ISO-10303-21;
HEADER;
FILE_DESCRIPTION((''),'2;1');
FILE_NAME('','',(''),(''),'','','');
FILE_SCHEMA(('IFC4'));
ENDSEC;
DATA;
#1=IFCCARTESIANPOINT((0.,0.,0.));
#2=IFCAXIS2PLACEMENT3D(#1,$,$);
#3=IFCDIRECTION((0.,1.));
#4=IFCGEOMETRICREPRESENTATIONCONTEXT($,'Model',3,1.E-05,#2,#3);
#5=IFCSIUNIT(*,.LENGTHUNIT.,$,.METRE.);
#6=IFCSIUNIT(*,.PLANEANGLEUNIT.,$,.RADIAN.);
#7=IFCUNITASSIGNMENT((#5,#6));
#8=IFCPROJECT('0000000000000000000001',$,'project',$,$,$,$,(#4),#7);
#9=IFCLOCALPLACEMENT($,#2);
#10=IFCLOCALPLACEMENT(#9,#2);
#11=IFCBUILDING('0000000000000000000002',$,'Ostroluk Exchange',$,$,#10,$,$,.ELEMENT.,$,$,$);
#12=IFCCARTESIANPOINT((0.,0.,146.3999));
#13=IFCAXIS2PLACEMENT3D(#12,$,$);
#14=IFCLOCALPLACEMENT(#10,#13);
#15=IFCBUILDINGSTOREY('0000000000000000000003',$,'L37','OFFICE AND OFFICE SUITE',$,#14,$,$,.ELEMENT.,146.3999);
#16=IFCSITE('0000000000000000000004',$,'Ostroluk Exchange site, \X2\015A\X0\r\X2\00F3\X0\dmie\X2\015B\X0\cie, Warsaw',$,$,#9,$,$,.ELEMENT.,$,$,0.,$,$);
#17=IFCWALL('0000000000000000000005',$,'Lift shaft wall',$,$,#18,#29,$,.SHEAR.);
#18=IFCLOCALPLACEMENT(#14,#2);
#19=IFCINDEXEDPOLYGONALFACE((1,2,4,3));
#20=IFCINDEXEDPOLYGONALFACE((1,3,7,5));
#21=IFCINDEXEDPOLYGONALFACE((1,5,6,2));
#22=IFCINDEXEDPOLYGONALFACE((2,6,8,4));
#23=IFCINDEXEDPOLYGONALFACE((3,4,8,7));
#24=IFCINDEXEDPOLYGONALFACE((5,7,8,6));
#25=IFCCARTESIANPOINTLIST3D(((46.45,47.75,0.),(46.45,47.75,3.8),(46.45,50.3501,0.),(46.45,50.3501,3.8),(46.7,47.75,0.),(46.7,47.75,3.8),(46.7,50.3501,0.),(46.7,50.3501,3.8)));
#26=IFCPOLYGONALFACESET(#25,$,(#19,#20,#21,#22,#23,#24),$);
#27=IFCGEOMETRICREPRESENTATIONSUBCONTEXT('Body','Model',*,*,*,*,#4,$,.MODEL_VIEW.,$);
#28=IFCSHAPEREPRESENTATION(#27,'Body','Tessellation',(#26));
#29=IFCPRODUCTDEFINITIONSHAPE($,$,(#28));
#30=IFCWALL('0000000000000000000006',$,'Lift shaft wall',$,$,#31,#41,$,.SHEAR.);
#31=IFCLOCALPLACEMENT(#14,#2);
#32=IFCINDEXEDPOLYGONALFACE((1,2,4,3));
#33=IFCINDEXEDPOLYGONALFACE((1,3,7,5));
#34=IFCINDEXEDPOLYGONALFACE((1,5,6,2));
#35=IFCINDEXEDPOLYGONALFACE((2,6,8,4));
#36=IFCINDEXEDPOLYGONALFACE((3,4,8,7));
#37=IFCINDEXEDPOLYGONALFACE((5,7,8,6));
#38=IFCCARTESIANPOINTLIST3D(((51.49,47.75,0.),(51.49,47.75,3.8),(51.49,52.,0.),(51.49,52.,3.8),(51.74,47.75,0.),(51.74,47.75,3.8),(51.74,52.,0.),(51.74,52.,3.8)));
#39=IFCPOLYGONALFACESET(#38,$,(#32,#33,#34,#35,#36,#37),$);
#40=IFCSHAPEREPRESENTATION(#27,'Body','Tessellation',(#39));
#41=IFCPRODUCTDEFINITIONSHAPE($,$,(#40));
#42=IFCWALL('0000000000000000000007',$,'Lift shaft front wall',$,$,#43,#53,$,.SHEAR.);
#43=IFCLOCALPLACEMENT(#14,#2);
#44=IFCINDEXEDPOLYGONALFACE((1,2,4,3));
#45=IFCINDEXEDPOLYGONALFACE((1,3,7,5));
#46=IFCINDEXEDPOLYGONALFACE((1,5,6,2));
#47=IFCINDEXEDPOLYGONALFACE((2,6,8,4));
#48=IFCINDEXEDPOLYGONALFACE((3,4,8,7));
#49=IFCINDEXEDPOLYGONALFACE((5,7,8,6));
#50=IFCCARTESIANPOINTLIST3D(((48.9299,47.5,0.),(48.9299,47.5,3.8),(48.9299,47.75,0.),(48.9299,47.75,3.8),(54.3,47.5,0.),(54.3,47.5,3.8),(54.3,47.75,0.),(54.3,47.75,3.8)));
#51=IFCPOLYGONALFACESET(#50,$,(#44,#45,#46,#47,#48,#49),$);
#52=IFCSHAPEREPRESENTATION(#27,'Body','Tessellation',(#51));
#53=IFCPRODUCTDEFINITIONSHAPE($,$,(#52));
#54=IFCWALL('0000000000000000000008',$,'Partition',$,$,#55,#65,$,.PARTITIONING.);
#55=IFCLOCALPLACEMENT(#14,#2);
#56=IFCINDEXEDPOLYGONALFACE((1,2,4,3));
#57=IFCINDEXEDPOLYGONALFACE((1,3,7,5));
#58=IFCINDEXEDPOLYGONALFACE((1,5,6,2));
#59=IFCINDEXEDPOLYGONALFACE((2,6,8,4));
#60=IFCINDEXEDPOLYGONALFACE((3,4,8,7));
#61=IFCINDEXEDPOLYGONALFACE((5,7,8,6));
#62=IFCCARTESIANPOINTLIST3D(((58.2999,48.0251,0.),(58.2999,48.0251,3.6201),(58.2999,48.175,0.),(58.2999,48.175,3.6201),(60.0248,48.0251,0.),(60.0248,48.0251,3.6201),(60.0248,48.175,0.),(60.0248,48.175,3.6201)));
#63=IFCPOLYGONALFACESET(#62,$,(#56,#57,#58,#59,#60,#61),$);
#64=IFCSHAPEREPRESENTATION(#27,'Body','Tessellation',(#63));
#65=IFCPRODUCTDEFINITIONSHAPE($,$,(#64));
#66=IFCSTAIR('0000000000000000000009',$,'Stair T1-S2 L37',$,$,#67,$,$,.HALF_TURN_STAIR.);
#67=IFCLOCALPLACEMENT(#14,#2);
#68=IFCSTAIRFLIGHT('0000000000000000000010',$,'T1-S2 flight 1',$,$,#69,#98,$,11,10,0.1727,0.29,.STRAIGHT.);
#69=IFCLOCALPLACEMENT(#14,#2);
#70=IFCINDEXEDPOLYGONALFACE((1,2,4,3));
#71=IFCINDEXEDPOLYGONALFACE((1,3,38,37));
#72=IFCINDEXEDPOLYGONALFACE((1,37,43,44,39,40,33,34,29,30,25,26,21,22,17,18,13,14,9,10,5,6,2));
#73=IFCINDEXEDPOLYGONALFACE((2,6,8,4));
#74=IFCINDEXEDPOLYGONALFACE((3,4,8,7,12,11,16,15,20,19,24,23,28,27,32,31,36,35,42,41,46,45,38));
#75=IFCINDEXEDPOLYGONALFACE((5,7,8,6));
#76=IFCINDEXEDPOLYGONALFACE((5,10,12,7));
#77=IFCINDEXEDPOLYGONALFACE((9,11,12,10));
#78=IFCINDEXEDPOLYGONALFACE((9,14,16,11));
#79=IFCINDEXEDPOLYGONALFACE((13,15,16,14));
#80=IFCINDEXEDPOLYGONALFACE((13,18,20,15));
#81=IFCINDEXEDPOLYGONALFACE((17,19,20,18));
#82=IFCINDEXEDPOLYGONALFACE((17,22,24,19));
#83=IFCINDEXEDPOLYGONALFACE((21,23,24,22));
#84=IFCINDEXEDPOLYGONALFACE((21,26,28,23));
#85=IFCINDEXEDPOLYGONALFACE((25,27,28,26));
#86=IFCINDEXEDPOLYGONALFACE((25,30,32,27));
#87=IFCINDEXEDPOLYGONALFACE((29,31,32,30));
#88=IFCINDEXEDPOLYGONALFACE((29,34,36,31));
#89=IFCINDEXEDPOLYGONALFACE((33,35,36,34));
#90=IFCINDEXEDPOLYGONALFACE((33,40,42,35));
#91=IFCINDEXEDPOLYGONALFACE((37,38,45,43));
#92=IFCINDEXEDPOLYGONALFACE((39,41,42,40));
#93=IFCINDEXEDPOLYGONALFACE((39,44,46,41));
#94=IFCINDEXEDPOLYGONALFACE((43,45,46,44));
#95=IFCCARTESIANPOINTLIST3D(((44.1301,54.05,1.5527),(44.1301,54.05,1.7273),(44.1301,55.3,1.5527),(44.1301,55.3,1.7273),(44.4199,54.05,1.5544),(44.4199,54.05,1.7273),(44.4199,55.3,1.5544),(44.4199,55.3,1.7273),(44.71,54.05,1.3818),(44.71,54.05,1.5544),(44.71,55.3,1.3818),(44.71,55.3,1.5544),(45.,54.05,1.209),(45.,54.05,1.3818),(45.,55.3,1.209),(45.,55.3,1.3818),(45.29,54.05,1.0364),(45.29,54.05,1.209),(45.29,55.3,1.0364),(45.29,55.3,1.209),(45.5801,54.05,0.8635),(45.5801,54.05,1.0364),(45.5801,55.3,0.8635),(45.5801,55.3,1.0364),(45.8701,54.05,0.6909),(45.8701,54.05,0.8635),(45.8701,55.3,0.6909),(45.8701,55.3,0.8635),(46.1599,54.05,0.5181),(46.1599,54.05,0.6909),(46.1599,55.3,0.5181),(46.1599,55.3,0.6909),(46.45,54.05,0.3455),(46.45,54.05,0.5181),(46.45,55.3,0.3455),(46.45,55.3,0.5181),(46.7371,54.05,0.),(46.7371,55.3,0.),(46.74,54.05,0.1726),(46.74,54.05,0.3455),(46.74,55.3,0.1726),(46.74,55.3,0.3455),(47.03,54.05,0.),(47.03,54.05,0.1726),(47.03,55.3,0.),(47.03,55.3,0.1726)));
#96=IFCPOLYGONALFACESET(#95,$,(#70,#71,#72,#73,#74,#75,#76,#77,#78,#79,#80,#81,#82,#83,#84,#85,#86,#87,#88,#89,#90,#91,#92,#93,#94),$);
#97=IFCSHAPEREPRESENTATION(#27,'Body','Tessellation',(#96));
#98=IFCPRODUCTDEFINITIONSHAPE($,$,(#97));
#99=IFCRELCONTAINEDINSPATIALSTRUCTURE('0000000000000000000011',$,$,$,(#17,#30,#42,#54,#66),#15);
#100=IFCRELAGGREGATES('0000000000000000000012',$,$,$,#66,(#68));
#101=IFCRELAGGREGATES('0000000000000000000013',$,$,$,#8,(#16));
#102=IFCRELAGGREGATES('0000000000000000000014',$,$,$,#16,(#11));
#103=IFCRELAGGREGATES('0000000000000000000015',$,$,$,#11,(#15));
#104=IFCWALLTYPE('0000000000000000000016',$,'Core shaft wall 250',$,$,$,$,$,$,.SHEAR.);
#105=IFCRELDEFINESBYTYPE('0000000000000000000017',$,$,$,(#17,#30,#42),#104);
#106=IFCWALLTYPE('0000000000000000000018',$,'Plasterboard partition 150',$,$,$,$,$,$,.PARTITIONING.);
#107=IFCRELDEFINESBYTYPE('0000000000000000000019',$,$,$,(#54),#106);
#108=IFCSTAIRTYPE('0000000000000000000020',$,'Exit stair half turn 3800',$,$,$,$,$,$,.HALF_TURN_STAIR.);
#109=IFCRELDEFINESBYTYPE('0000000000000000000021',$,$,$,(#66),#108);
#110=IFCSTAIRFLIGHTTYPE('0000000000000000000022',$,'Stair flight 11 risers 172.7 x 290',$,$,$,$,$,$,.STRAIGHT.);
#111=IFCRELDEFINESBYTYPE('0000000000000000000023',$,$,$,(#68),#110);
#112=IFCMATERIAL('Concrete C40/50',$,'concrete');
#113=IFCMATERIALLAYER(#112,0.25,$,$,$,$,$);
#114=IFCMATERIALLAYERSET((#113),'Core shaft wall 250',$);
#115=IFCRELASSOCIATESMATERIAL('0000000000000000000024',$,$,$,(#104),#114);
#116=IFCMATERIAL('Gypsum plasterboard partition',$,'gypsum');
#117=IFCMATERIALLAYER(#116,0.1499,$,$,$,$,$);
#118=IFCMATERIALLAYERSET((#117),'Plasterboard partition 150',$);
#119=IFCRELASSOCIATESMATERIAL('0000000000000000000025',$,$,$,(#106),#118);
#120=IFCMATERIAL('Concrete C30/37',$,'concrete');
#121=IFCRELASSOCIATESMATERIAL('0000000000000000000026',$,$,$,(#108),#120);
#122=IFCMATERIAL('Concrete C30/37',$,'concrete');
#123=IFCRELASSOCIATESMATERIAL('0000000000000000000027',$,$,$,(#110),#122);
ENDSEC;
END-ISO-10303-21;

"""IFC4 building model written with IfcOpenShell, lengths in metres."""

from ifc_helpers import new_model, si_unit, direction, frame, frame_2d, origin, place, context, subcontext, project, spatial, polyline, rectangle, outline, extrude, material, layer, layer_set, type_object, element, aggregate, save


model = new_model("IFC4")

# Units and contexts
model_context = context("Model", 3, precision=1e-05, world=origin(), true_north=direction((0.0, 1.0)))
body_context = subcontext(model_context, "Body", "Model", "MODEL_VIEW")
ifc_project = project(units=[si_unit("LENGTHUNIT", "METRE"), si_unit("PLANEANGLEUNIT", "RADIAN")], contexts=[model_context])

# Site, building, storey
site_placement = place(None, origin())
site = spatial("IfcSite", under=ifc_project, at=site_placement, Name="Ostroluk Exchange site, Śródmieście, Warsaw", CompositionType="ELEMENT", RefElevation=0.0)
building_placement = place(site_placement, origin())
building = spatial("IfcBuilding", under=site, at=building_placement, Name="Ostroluk Exchange", CompositionType="ELEMENT")
storey_placement = place(building_placement, frame((0.0, 0.0, 146.3999)))
storey = spatial("IfcBuildingStorey", under=building, at=storey_placement, Name="L37", Description="OFFICE AND OFFICE SUITE", CompositionType="ELEMENT", Elevation=146.3999)

# Shared definitions
ifc_material_1 = material(Name="Concrete C40/50", Category="concrete")
ifc_layer_1 = layer(ifc_material_1, 0.25)
ifc_layer_set_1 = layer_set([ifc_layer_1], Name="Core shaft wall 250")
wall_type_1 = type_object("IfcWallType", Name="Core shaft wall 250", PredefinedType="SHEAR", material=ifc_layer_set_1)

# Walls
wall_1_placement = place(storey_placement, frame((46.575, 47.75, 0.0), z_axis=(0.0, 0.0, 1.0), x_axis=(0.0, 1.0, 0.0)))
element("IfcWall", 1, at=wall_1_placement, inside=storey, type_object=wall_type_1, Name="Lift shaft wall", PredefinedType="SHEAR", context=body_context, shape_type="SweptSolid", body=[
    extrude(rectangle(XDim=2.6001, YDim=0.25, at=frame_2d((1.3, 0.0))), origin(), (0.0, 0.0, 1.0), 3.8),
])
wall_2_placement = place(storey_placement, frame((51.615, 47.75, 0.0), z_axis=(0.0, 0.0, 1.0), x_axis=(0.0, 1.0, 0.0)))
element("IfcWall", 2, at=wall_2_placement, inside=storey, type_object=wall_type_1, Name="Lift shaft wall", PredefinedType="SHEAR", context=body_context, shape_type="SweptSolid", body=[
    extrude(rectangle(XDim=4.25, YDim=0.25, at=frame_2d((2.125, 0.0))), origin(), (0.0, 0.0, 1.0), 3.8),
])
wall_3_placement = place(storey_placement, frame((48.9299, 47.625, 0.0), z_axis=(0.0, 0.0, 1.0), x_axis=(1.0, 0.0, 0.0)))
element("IfcWall", 3, at=wall_3_placement, inside=storey, type_object=wall_type_1, Name="Lift shaft front wall", PredefinedType="SHEAR", context=body_context, shape_type="SweptSolid", body=[
    extrude(rectangle(XDim=5.3701, YDim=0.25, at=frame_2d((2.6851, 0.0))), origin(), (0.0, 0.0, 1.0), 3.8),
])
ifc_material_2 = material(Name="Gypsum plasterboard partition", Category="gypsum")
ifc_layer_2 = layer(ifc_material_2, 0.1499)
ifc_layer_set_2 = layer_set([ifc_layer_2], Name="Plasterboard partition 150")
wall_type_2 = type_object("IfcWallType", Name="Plasterboard partition 150", PredefinedType="PARTITIONING", material=ifc_layer_set_2)
wall_4_placement = place(storey_placement, frame((58.3, 48.1001, 0.0), z_axis=(0.0, 0.0, 1.0), x_axis=(1.0, 0.0, 0.0)))
element("IfcWall", 4, at=wall_4_placement, inside=storey, type_object=wall_type_2, Name="Partition", PredefinedType="PARTITIONING", context=body_context, shape_type="SweptSolid", body=[
    extrude(rectangle(XDim=1.7249, YDim=0.1499, at=frame_2d((0.8623, 0.0))), origin(), (0.0, 0.0, 1.0), 3.6201),
])

# Stair, stair flight
ifc_material_3 = material(Name="Concrete C30/37", Category="concrete")
stair_type = type_object("IfcStairType", Name="Exit stair half turn 3800", PredefinedType="HALF_TURN_STAIR", material=ifc_material_3)
stair_placement = place(storey_placement, origin())
stair = element("IfcStair", 5, at=stair_placement, inside=storey, type_object=stair_type, Name="Stair T1-S2 L37", PredefinedType="HALF_TURN_STAIR")
ifc_material_4 = material(Name="Concrete C30/37", Category="concrete")
stair_flight_type = type_object("IfcStairFlightType", Name="Stair flight 11 risers 172.7 x 290", PredefinedType="STRAIGHT", material=ifc_material_4)
stair_flight_placement = place(storey_placement, frame((47.03, 54.675, 0.0), z_axis=(0.0, 0.0, 1.0), x_axis=(-1.0, 0.0, 0.0)))
stair_flight = element("IfcStairFlight", 6, at=stair_flight_placement, type_object=stair_flight_type, Name="T1-S2 flight 1", NumberOfRisers=11, NumberOfTreads=10, PredefinedType="STRAIGHT", RiserHeight=0.1727, TreadLength=0.29, context=body_context, shape_type="SweptSolid", body=[
    extrude(outline(polyline([(0.0, 0.0), (0.0, 0.1726), (0.29, 0.1726), (0.29, 0.3455), (0.5801, 0.3455), (0.5801, 0.5181), (0.8701, 0.5181), (0.8701, 0.6909), (1.1599, 0.6909), (1.1599, 0.8635), (1.45, 0.8635), (1.45, 1.0364), (1.74, 1.0364), (1.74, 1.209), (2.03, 1.209), (2.03, 1.3818), (2.3201, 1.3818), (2.3201, 1.5544), (2.6101, 1.5544), (2.6101, 1.7273), (2.8999, 1.7273), (2.8999, 1.8999), (2.8999, 1.5527), (0.293, 0.0), (0.0, 0.0)])), frame((0.0, 0.625, 0.0), z_axis=(0.0, -1.0, 0.0), x_axis=(1.0, 0.0, 0.0)), (0.0, 0.0, 1.0), 1.25),
])
aggregate(stair, [stair_flight])

save(model, "model.ifc")
